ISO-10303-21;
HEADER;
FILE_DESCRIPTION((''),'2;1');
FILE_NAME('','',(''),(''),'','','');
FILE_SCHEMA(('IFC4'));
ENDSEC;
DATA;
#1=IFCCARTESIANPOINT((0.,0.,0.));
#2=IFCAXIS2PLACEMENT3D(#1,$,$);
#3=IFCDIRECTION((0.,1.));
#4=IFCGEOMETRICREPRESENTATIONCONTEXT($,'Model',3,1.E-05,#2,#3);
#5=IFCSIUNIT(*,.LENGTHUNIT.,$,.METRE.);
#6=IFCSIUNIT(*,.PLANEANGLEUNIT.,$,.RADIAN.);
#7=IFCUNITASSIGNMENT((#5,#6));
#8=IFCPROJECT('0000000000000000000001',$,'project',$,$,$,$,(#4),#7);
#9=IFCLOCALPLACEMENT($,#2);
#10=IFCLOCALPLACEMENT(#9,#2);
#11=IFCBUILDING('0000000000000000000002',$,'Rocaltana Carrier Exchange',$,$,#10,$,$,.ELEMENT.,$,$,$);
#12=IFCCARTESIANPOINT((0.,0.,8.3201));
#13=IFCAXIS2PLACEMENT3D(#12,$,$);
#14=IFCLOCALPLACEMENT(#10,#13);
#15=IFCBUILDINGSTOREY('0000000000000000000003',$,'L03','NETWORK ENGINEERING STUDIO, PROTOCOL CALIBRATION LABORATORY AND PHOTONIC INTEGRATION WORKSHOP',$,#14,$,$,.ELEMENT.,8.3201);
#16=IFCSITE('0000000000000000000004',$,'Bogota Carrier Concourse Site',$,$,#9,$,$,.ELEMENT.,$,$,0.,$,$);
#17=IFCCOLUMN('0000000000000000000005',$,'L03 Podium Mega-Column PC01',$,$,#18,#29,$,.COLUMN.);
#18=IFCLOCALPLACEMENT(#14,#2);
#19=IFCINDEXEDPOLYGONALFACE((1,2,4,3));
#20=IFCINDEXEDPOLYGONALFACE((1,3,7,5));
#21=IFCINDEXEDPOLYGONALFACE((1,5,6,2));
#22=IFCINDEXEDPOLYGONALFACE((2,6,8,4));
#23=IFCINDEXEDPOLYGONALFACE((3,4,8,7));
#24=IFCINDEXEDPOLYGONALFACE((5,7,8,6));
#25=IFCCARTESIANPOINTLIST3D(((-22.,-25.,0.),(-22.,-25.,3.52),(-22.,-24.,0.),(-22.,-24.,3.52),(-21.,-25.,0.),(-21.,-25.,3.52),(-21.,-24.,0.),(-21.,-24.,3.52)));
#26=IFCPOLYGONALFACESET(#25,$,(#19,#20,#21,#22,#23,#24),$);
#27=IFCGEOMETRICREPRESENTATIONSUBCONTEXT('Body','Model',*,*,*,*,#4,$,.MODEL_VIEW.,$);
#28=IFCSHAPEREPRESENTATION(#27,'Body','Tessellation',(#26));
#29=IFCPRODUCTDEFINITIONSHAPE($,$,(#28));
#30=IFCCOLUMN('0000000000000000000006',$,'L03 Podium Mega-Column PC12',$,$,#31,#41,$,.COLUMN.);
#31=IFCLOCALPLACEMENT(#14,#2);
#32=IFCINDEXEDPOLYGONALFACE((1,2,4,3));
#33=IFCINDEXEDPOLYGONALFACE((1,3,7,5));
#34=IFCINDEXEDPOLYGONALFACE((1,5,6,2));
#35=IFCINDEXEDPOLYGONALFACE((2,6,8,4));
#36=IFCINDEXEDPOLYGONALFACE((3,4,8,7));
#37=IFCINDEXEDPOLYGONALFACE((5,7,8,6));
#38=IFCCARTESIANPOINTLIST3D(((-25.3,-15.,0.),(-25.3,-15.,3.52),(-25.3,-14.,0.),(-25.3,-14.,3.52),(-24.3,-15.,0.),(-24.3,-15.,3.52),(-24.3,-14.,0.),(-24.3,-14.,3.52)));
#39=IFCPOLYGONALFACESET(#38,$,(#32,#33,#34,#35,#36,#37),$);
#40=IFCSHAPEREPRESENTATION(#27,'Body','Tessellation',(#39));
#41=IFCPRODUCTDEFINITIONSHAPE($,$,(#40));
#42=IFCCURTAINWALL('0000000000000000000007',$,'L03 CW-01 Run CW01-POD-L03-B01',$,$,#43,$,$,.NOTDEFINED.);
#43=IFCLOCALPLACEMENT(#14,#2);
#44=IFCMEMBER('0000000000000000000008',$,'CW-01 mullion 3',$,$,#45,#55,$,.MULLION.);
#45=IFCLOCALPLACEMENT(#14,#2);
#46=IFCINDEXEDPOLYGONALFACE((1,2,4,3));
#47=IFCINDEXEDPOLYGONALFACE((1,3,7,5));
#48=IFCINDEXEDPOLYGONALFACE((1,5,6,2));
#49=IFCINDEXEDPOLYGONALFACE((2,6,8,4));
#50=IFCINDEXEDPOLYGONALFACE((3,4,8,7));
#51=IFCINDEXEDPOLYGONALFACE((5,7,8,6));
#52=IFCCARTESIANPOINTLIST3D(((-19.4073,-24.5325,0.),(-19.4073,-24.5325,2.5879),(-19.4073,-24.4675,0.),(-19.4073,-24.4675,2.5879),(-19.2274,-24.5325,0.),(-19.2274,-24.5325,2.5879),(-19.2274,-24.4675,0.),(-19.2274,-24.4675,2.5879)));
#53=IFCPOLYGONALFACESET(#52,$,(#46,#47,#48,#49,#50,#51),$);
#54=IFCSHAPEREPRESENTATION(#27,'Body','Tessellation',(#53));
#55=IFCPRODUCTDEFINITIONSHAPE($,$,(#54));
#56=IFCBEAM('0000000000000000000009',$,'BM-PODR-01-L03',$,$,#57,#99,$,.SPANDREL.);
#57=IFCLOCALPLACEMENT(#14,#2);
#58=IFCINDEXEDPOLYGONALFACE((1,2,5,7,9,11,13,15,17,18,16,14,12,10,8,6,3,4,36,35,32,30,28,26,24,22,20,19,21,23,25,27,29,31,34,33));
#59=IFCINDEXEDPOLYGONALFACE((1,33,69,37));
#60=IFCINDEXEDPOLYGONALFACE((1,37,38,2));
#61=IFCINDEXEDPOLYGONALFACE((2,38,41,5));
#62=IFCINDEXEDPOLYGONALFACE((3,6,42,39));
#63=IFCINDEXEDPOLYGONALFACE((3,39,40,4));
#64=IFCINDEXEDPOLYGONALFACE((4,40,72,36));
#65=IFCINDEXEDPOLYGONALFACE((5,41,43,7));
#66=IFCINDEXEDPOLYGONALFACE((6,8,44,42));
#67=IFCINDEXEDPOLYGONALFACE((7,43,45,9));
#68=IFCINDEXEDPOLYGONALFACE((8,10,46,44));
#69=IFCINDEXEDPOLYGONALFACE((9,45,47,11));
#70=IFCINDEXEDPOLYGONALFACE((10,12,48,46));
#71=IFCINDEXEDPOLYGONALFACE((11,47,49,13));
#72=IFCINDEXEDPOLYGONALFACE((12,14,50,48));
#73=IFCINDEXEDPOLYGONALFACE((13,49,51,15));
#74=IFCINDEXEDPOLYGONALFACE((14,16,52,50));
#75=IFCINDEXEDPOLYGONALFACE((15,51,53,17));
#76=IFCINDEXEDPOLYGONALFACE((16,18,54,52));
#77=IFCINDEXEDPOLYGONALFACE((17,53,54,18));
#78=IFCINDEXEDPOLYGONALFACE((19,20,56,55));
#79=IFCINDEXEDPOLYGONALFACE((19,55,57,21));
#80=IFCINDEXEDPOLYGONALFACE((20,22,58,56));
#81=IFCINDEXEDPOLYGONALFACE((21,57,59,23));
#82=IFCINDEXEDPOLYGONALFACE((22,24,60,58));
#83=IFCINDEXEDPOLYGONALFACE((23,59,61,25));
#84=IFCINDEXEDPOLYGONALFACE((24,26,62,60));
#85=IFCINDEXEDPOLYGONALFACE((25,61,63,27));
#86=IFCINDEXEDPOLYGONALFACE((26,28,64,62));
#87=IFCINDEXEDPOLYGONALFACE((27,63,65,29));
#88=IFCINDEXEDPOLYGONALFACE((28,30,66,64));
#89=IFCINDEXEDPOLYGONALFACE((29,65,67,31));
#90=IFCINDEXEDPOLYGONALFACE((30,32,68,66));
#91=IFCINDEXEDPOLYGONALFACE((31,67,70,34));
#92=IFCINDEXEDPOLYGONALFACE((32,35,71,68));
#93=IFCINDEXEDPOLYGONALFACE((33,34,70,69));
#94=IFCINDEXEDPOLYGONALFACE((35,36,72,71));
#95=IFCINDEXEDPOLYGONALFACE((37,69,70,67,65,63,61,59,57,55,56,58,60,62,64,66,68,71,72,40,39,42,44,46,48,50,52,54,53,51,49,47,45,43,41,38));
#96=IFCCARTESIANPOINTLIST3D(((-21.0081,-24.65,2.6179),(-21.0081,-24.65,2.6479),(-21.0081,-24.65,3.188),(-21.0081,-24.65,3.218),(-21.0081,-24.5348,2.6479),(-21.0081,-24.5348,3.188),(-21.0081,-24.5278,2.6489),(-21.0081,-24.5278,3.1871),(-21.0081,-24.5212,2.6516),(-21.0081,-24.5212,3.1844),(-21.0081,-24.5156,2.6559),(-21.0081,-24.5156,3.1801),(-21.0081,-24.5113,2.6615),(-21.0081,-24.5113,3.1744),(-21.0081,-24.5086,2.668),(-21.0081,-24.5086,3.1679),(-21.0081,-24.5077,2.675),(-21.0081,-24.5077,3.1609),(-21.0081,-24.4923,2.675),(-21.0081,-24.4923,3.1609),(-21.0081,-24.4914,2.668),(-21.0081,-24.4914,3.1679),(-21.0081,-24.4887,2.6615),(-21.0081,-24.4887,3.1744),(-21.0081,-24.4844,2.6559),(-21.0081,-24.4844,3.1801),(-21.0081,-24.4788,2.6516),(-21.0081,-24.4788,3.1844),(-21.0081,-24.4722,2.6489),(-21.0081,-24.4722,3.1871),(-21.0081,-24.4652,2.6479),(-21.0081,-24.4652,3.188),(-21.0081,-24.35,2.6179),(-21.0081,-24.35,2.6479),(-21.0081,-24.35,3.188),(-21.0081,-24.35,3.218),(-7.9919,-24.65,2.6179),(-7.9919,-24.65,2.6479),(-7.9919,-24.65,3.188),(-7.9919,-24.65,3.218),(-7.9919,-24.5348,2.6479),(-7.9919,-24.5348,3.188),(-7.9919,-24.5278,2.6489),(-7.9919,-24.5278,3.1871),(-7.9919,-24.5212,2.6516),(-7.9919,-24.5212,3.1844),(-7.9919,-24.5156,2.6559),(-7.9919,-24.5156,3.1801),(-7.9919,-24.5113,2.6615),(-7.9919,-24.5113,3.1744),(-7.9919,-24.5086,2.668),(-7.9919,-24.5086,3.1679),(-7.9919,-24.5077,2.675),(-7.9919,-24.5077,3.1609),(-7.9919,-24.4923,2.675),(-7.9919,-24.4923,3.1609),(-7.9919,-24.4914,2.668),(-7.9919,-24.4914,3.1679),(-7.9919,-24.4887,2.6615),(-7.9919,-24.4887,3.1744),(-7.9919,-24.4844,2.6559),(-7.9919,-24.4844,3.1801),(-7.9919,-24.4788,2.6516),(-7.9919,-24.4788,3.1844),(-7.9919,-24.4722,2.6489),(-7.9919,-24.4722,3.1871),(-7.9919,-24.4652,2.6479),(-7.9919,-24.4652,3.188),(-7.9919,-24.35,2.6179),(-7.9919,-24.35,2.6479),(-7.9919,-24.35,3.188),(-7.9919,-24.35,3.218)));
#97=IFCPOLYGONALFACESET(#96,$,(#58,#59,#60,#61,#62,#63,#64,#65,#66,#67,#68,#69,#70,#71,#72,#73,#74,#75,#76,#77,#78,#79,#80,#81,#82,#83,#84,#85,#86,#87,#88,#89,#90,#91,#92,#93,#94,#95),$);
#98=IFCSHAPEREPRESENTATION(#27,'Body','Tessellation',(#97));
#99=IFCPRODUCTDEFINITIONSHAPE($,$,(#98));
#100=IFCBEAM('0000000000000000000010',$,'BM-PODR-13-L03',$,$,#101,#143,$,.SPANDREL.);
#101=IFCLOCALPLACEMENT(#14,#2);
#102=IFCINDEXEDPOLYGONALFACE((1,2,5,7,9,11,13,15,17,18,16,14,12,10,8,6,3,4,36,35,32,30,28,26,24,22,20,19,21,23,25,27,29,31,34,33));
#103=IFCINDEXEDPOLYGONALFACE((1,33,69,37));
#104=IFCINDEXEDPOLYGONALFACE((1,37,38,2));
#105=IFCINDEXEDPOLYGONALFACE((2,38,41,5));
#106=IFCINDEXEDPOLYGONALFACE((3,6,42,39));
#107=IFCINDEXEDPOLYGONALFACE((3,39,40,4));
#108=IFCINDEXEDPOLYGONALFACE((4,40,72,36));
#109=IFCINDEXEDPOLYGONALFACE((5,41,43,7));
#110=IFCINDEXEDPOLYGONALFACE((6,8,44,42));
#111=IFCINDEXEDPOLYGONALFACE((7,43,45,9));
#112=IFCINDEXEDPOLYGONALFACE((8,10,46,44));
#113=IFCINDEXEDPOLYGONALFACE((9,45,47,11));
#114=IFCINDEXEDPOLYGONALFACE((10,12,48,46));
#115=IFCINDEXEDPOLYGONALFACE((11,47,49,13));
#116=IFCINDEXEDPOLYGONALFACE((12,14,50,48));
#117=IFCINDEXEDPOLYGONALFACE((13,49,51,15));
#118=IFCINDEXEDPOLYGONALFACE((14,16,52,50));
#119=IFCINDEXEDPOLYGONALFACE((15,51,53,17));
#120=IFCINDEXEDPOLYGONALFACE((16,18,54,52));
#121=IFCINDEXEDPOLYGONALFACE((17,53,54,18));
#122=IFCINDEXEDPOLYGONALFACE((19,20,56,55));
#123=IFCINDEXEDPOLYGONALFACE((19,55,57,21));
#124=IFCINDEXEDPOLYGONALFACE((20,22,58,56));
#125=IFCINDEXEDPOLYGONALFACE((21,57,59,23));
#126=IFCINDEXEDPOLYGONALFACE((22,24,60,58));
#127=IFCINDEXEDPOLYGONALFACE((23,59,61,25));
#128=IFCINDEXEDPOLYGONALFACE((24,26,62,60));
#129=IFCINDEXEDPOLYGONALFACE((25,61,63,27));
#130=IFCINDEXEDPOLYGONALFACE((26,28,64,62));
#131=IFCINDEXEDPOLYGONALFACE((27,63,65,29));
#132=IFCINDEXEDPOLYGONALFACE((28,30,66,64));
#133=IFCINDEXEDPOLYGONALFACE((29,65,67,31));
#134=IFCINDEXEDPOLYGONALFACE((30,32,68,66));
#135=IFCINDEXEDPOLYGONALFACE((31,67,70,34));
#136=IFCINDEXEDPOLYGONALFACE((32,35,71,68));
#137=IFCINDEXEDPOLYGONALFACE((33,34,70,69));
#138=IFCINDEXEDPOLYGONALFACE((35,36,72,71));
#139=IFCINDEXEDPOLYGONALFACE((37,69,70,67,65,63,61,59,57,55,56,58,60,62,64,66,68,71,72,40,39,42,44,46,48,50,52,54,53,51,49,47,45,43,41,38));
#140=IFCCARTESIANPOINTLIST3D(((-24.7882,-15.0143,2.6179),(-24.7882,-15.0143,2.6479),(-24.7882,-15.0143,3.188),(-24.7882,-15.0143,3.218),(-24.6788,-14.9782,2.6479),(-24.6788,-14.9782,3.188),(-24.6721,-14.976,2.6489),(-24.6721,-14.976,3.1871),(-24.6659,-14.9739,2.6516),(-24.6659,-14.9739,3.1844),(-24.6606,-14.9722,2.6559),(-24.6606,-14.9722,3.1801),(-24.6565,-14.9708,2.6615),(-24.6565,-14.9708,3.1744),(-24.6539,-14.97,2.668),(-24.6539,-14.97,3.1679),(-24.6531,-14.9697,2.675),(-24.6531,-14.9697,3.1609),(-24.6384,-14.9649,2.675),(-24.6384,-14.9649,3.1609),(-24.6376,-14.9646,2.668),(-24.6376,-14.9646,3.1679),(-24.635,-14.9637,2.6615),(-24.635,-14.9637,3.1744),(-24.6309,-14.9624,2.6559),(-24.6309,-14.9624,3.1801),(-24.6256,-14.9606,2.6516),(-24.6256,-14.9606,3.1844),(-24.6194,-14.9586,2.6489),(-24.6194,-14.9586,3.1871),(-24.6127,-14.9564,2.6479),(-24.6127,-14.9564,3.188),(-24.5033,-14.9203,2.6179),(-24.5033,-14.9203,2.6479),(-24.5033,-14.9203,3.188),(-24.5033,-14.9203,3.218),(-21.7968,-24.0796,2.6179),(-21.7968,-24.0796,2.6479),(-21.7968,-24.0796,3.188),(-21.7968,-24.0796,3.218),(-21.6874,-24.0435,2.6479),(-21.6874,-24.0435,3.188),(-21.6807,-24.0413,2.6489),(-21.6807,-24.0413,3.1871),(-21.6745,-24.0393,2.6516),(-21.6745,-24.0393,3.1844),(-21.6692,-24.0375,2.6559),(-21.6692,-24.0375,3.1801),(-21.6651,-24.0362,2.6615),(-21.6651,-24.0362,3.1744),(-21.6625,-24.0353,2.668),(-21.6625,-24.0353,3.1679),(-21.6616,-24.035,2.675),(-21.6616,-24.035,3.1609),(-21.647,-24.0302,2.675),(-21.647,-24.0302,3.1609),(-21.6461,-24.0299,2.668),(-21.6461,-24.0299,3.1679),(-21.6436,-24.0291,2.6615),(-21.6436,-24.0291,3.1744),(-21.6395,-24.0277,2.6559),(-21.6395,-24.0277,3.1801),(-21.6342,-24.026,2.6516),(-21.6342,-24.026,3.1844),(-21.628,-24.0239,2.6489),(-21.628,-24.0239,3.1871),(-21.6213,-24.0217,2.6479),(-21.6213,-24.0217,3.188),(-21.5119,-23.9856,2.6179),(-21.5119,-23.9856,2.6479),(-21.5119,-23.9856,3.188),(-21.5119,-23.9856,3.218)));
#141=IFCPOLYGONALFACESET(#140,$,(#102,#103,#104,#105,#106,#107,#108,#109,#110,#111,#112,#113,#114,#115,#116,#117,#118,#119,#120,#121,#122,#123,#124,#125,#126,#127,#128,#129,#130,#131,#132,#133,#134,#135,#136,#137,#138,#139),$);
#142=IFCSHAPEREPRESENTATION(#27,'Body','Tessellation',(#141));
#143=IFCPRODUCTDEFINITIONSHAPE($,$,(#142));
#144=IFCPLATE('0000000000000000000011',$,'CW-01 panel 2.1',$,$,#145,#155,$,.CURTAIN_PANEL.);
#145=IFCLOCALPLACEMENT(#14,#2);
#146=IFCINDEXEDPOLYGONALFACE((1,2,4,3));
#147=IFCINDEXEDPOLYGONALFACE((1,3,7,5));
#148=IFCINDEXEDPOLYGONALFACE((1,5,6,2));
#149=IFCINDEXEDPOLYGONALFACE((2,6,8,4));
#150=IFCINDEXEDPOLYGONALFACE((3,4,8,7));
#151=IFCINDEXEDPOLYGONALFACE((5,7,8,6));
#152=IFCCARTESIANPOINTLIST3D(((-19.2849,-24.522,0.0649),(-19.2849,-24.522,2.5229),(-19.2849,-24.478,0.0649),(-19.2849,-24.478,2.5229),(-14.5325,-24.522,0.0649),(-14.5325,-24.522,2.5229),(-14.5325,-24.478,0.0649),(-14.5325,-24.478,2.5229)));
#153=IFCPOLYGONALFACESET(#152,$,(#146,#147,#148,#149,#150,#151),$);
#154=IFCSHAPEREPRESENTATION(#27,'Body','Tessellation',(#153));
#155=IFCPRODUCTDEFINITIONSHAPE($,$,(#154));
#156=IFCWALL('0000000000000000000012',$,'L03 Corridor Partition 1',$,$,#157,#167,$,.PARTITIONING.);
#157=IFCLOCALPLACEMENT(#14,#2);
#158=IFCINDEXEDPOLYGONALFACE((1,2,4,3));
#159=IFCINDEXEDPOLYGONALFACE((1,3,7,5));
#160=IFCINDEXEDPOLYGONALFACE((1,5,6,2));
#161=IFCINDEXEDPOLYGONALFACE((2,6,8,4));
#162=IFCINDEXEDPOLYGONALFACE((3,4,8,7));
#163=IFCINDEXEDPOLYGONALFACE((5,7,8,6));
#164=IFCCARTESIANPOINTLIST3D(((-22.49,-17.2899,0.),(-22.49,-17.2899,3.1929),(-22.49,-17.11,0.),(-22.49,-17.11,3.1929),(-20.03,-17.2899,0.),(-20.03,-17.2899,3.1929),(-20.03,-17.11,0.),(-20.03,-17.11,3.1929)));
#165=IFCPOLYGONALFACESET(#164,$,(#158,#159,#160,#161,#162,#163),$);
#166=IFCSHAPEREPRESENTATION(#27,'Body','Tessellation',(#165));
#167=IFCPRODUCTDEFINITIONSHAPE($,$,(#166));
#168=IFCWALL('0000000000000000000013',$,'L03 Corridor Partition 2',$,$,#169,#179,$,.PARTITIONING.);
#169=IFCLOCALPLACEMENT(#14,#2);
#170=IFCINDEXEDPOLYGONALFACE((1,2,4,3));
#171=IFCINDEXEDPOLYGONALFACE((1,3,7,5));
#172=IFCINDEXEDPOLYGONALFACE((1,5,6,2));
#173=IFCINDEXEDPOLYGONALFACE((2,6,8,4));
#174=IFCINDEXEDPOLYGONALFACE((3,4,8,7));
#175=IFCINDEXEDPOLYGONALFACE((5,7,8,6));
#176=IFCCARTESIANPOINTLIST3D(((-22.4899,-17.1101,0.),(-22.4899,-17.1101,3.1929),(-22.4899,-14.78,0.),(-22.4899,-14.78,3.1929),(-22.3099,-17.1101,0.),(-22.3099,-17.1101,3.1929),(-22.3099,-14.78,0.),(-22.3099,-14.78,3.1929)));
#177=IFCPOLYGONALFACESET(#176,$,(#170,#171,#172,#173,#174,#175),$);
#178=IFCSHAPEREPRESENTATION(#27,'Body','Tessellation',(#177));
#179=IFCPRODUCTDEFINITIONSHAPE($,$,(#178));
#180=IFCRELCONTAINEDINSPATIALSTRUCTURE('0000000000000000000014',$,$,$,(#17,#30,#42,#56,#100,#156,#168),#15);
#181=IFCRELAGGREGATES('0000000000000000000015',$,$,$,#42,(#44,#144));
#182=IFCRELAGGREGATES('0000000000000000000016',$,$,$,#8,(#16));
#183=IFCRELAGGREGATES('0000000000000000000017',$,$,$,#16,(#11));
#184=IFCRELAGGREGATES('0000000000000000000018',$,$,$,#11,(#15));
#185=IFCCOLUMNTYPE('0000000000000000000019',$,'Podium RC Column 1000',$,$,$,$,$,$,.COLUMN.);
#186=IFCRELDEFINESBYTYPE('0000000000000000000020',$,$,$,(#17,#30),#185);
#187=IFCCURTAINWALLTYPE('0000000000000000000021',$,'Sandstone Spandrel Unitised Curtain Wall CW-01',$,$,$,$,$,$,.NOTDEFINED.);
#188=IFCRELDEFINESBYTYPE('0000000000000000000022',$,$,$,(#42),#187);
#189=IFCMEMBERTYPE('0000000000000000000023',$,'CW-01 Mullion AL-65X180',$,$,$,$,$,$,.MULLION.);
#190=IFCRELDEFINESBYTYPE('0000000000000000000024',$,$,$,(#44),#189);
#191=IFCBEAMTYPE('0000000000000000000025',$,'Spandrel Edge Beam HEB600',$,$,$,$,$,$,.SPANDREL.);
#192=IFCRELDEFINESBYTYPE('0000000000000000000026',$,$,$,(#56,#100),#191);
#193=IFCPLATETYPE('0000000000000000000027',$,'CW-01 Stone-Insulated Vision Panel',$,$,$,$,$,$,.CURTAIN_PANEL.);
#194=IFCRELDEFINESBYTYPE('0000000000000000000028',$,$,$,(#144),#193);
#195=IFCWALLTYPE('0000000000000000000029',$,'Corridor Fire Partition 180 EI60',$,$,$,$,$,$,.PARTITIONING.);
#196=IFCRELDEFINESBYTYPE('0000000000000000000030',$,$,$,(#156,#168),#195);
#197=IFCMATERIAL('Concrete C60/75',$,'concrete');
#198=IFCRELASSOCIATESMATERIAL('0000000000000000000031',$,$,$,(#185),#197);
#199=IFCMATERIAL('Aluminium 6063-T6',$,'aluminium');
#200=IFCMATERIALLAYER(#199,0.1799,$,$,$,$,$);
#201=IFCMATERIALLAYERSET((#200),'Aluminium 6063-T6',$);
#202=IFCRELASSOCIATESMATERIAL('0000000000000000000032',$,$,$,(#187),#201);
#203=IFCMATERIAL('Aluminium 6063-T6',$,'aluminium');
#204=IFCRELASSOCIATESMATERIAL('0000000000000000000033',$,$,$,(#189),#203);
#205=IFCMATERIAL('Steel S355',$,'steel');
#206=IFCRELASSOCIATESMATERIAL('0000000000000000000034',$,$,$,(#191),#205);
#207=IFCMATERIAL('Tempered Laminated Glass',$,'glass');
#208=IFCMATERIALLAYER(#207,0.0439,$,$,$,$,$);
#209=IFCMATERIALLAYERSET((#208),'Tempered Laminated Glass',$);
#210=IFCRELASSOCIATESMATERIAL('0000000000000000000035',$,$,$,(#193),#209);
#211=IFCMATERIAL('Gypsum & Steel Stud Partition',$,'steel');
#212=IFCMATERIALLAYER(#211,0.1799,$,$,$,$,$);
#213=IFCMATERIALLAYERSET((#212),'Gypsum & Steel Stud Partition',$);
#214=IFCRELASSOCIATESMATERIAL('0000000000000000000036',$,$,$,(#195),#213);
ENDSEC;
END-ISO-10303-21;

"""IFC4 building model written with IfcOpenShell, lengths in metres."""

from ifc_helpers import new_model, si_unit, direction, frame, frame_2d, origin, origin_2d, place, context, subcontext, project, spatial, rectangle, i_section, extrude, material, layer, layer_set, material_profile, profile_set, type_object, element, aggregate, save


model = new_model("IFC4")

# Units and contexts
model_context = context("Model", 3, precision=1e-05, world=origin(), true_north=direction((0.0, 1.0)))
body_context = subcontext(model_context, "Body", "Model", "MODEL_VIEW")
ifc_project = project(units=[si_unit("LENGTHUNIT", "METRE"), si_unit("PLANEANGLEUNIT", "RADIAN")], contexts=[model_context])

# Site, building, storey
site_placement = place(None, origin())
site = spatial("IfcSite", under=ifc_project, at=site_placement, Name="Bogota Carrier Concourse Site", CompositionType="ELEMENT", RefElevation=0.0)
building_placement = place(site_placement, origin())
building = spatial("IfcBuilding", under=site, at=building_placement, Name="Rocaltana Carrier Exchange", CompositionType="ELEMENT")
storey_placement = place(building_placement, frame((0.0, 0.0, 8.3201)))
storey = spatial("IfcBuildingStorey", under=building, at=storey_placement, Name="L03", Description="NETWORK ENGINEERING STUDIO, PROTOCOL CALIBRATION LABORATORY AND PHOTONIC INTEGRATION WORKSHOP", CompositionType="ELEMENT", Elevation=8.3201)

# Columns
ifc_material_1 = material(Name="Concrete C60/75", Category="concrete")
ifc_material_profile_1 = material_profile(ifc_material_1, rectangle(XDim=1.0, YDim=1.0, at=origin_2d()), Name="RC-COL-1000X1000")
ifc_profile_set_1 = profile_set([ifc_material_profile_1], Name="Concrete C60/75")
column_type = type_object("IfcColumnType", Name="Podium RC Column 1000", PredefinedType="COLUMN", material=ifc_profile_set_1)
for number, where, z_axis, x_axis, name in (
    (1, (-21.5, -24.5, 0.0), (0.0, 0.0, 1.0), (1.0, 0.0, 0.0), "L03 Podium Mega-Column PC01"),
    (2, (-24.8, -14.5, 0.0), (0.0, 0.0, 1.0), (1.0, 0.0, 0.0), "L03 Podium Mega-Column PC12"),
):
    element("IfcColumn", number, at=place(storey_placement, frame(where, z_axis=z_axis, x_axis=x_axis)), inside=storey, type_object=column_type, Name=name, PredefinedType="COLUMN", context=body_context, shape_type="SweptSolid", body=[
        extrude(rectangle(XDim=1.0, YDim=1.0, at=origin_2d()), origin(), (0.0, 0.0, 1.0), 3.52),
    ])

# Curtain wall, member
ifc_material_2 = material(Name="Aluminium 6063-T6", Category="aluminium")
ifc_layer_1 = layer(ifc_material_2, 0.1799)
ifc_layer_set_1 = layer_set([ifc_layer_1], Name="Aluminium 6063-T6")
curtain_wall_type = type_object("IfcCurtainWallType", Name="Sandstone Spandrel Unitised Curtain Wall CW-01", PredefinedType="NOTDEFINED", material=ifc_layer_set_1)
curtain_wall_placement = place(storey_placement, origin())
curtain_wall = element("IfcCurtainWall", 3, at=curtain_wall_placement, inside=storey, type_object=curtain_wall_type, Name="L03 CW-01 Run CW01-POD-L03-B01", PredefinedType="NOTDEFINED")
ifc_material_3 = material(Name="Aluminium 6063-T6", Category="aluminium")
ifc_material_profile_2 = material_profile(ifc_material_3, rectangle(XDim=0.0649, YDim=0.1799, at=origin_2d()), Name="AL-65X180")
ifc_profile_set_2 = profile_set([ifc_material_profile_2], Name="Aluminium 6063-T6")
member_type = type_object("IfcMemberType", Name="CW-01 Mullion AL-65X180", PredefinedType="MULLION", material=ifc_profile_set_2)
member_placement = place(storey_placement, frame((-19.3174, -24.5, 0.0), z_axis=(0.0, 0.0, 1.0), x_axis=(0.0, -1.0, 0.0)))
member = element("IfcMember", 4, at=member_placement, type_object=member_type, Name="CW-01 mullion 3", PredefinedType="MULLION", context=body_context, shape_type="SweptSolid", body=[
    extrude(rectangle(XDim=0.0649, YDim=0.1799, at=origin_2d()), origin(), (0.0, 0.0, 1.0), 2.5879),
])

# Beams
ifc_material_4 = material(Name="Steel S355", Category="steel")
ifc_material_profile_3 = material_profile(ifc_material_4, i_section(OverallWidth=0.3, OverallDepth=0.6001, WebThickness=0.0154, FlangeThickness=0.03, FilletRadius=0.0271, at=origin_2d()), Name="HEB600")
ifc_profile_set_3 = profile_set([ifc_material_profile_3], Name="Steel S355")
beam_type = type_object("IfcBeamType", Name="Spandrel Edge Beam HEB600", PredefinedType="SPANDREL", material=ifc_profile_set_3)
beam_1_placement = place(storey_placement, frame((-21.0081, -24.5, 2.918), z_axis=(1.0, 0.0, 0.0), x_axis=(0.0, 1.0, 0.0)))
element("IfcBeam", 5, at=beam_1_placement, inside=storey, type_object=beam_type, Name="BM-PODR-01-L03", PredefinedType="SPANDREL", context=body_context, shape_type="SweptSolid", body=[
    extrude(i_section(OverallWidth=0.3, OverallDepth=0.6001, WebThickness=0.0154, FlangeThickness=0.03, FilletRadius=0.0271, at=origin_2d()), origin(), (0.0, 0.0, 1.0), 13.0161),
])
beam_2_placement = place(storey_placement, frame((-24.6458, -14.9673, 2.918), z_axis=(0.313365, -0.949633, 0.0), x_axis=(0.949633, 0.313365, 0.0)))
element("IfcBeam", 6, at=beam_2_placement, inside=storey, type_object=beam_type, Name="BM-PODR-13-L03", PredefinedType="SPANDREL", context=body_context, shape_type="SweptSolid", body=[
    extrude(i_section(OverallWidth=0.3, OverallDepth=0.6001, WebThickness=0.0154, FlangeThickness=0.03, FilletRadius=0.0271, at=origin_2d()), origin(), (0.0, 0.0, 1.0), 9.5461),
])

# Plate
ifc_material_5 = material(Name="Tempered Laminated Glass", Category="glass")
ifc_layer_2 = layer(ifc_material_5, 0.0439)
ifc_layer_set_2 = layer_set([ifc_layer_2], Name="Tempered Laminated Glass")
plate_type = type_object("IfcPlateType", Name="CW-01 Stone-Insulated Vision Panel", PredefinedType="CURTAIN_PANEL", material=ifc_layer_set_2)
plate_placement = place(storey_placement, frame((-16.9087, -24.5, 0.0649), z_axis=(0.0, 0.0, 1.0), x_axis=(-1.0, 0.0, 0.0)))
plate = element("IfcPlate", 7, at=plate_placement, type_object=plate_type, Name="CW-01 panel 2.1", PredefinedType="CURTAIN_PANEL", context=body_context, shape_type="SweptSolid", body=[
    extrude(rectangle(XDim=4.7524, YDim=0.0439, at=origin_2d()), origin(), (0.0, 0.0, 1.0), 2.458),
])
aggregate(curtain_wall, [member, plate])

# Walls
ifc_material_6 = material(Name="Gypsum & Steel Stud Partition", Category="steel")
ifc_layer_3 = layer(ifc_material_6, 0.1799)
ifc_layer_set_3 = layer_set([ifc_layer_3], Name="Gypsum & Steel Stud Partition")
wall_type_1 = type_object("IfcWallType", Name="Corridor Fire Partition 180 EI60", PredefinedType="PARTITIONING", material=ifc_layer_set_3)
wall_1_placement = place(storey_placement, frame((-20.03, -17.2, 0.0), z_axis=(0.0, 0.0, 1.0), x_axis=(-1.0, 0.0, 0.0)))
element("IfcWall", 8, at=wall_1_placement, inside=storey, type_object=wall_type_1, Name="L03 Corridor Partition 1", PredefinedType="PARTITIONING", context=body_context, shape_type="SweptSolid", body=[
    extrude(rectangle(XDim=2.46, YDim=0.1799, at=frame_2d((1.23, 0.0))), origin(), (0.0, 0.0, 1.0), 3.1929),
])
wall_2_placement = place(storey_placement, frame((-22.3999, -17.1101, 0.0), z_axis=(0.0, 0.0, 1.0), x_axis=(0.0, 1.0, 0.0)))
element("IfcWall", 9, at=wall_2_placement, inside=storey, type_object=wall_type_1, Name="L03 Corridor Partition 2", PredefinedType="PARTITIONING", context=body_context, shape_type="SweptSolid", body=[
    extrude(rectangle(XDim=2.3301, YDim=0.1799, at=frame_2d((1.165, 0.0))), origin(), (0.0, 0.0, 1.0), 3.1929),
])

save(model, "model.ifc")
